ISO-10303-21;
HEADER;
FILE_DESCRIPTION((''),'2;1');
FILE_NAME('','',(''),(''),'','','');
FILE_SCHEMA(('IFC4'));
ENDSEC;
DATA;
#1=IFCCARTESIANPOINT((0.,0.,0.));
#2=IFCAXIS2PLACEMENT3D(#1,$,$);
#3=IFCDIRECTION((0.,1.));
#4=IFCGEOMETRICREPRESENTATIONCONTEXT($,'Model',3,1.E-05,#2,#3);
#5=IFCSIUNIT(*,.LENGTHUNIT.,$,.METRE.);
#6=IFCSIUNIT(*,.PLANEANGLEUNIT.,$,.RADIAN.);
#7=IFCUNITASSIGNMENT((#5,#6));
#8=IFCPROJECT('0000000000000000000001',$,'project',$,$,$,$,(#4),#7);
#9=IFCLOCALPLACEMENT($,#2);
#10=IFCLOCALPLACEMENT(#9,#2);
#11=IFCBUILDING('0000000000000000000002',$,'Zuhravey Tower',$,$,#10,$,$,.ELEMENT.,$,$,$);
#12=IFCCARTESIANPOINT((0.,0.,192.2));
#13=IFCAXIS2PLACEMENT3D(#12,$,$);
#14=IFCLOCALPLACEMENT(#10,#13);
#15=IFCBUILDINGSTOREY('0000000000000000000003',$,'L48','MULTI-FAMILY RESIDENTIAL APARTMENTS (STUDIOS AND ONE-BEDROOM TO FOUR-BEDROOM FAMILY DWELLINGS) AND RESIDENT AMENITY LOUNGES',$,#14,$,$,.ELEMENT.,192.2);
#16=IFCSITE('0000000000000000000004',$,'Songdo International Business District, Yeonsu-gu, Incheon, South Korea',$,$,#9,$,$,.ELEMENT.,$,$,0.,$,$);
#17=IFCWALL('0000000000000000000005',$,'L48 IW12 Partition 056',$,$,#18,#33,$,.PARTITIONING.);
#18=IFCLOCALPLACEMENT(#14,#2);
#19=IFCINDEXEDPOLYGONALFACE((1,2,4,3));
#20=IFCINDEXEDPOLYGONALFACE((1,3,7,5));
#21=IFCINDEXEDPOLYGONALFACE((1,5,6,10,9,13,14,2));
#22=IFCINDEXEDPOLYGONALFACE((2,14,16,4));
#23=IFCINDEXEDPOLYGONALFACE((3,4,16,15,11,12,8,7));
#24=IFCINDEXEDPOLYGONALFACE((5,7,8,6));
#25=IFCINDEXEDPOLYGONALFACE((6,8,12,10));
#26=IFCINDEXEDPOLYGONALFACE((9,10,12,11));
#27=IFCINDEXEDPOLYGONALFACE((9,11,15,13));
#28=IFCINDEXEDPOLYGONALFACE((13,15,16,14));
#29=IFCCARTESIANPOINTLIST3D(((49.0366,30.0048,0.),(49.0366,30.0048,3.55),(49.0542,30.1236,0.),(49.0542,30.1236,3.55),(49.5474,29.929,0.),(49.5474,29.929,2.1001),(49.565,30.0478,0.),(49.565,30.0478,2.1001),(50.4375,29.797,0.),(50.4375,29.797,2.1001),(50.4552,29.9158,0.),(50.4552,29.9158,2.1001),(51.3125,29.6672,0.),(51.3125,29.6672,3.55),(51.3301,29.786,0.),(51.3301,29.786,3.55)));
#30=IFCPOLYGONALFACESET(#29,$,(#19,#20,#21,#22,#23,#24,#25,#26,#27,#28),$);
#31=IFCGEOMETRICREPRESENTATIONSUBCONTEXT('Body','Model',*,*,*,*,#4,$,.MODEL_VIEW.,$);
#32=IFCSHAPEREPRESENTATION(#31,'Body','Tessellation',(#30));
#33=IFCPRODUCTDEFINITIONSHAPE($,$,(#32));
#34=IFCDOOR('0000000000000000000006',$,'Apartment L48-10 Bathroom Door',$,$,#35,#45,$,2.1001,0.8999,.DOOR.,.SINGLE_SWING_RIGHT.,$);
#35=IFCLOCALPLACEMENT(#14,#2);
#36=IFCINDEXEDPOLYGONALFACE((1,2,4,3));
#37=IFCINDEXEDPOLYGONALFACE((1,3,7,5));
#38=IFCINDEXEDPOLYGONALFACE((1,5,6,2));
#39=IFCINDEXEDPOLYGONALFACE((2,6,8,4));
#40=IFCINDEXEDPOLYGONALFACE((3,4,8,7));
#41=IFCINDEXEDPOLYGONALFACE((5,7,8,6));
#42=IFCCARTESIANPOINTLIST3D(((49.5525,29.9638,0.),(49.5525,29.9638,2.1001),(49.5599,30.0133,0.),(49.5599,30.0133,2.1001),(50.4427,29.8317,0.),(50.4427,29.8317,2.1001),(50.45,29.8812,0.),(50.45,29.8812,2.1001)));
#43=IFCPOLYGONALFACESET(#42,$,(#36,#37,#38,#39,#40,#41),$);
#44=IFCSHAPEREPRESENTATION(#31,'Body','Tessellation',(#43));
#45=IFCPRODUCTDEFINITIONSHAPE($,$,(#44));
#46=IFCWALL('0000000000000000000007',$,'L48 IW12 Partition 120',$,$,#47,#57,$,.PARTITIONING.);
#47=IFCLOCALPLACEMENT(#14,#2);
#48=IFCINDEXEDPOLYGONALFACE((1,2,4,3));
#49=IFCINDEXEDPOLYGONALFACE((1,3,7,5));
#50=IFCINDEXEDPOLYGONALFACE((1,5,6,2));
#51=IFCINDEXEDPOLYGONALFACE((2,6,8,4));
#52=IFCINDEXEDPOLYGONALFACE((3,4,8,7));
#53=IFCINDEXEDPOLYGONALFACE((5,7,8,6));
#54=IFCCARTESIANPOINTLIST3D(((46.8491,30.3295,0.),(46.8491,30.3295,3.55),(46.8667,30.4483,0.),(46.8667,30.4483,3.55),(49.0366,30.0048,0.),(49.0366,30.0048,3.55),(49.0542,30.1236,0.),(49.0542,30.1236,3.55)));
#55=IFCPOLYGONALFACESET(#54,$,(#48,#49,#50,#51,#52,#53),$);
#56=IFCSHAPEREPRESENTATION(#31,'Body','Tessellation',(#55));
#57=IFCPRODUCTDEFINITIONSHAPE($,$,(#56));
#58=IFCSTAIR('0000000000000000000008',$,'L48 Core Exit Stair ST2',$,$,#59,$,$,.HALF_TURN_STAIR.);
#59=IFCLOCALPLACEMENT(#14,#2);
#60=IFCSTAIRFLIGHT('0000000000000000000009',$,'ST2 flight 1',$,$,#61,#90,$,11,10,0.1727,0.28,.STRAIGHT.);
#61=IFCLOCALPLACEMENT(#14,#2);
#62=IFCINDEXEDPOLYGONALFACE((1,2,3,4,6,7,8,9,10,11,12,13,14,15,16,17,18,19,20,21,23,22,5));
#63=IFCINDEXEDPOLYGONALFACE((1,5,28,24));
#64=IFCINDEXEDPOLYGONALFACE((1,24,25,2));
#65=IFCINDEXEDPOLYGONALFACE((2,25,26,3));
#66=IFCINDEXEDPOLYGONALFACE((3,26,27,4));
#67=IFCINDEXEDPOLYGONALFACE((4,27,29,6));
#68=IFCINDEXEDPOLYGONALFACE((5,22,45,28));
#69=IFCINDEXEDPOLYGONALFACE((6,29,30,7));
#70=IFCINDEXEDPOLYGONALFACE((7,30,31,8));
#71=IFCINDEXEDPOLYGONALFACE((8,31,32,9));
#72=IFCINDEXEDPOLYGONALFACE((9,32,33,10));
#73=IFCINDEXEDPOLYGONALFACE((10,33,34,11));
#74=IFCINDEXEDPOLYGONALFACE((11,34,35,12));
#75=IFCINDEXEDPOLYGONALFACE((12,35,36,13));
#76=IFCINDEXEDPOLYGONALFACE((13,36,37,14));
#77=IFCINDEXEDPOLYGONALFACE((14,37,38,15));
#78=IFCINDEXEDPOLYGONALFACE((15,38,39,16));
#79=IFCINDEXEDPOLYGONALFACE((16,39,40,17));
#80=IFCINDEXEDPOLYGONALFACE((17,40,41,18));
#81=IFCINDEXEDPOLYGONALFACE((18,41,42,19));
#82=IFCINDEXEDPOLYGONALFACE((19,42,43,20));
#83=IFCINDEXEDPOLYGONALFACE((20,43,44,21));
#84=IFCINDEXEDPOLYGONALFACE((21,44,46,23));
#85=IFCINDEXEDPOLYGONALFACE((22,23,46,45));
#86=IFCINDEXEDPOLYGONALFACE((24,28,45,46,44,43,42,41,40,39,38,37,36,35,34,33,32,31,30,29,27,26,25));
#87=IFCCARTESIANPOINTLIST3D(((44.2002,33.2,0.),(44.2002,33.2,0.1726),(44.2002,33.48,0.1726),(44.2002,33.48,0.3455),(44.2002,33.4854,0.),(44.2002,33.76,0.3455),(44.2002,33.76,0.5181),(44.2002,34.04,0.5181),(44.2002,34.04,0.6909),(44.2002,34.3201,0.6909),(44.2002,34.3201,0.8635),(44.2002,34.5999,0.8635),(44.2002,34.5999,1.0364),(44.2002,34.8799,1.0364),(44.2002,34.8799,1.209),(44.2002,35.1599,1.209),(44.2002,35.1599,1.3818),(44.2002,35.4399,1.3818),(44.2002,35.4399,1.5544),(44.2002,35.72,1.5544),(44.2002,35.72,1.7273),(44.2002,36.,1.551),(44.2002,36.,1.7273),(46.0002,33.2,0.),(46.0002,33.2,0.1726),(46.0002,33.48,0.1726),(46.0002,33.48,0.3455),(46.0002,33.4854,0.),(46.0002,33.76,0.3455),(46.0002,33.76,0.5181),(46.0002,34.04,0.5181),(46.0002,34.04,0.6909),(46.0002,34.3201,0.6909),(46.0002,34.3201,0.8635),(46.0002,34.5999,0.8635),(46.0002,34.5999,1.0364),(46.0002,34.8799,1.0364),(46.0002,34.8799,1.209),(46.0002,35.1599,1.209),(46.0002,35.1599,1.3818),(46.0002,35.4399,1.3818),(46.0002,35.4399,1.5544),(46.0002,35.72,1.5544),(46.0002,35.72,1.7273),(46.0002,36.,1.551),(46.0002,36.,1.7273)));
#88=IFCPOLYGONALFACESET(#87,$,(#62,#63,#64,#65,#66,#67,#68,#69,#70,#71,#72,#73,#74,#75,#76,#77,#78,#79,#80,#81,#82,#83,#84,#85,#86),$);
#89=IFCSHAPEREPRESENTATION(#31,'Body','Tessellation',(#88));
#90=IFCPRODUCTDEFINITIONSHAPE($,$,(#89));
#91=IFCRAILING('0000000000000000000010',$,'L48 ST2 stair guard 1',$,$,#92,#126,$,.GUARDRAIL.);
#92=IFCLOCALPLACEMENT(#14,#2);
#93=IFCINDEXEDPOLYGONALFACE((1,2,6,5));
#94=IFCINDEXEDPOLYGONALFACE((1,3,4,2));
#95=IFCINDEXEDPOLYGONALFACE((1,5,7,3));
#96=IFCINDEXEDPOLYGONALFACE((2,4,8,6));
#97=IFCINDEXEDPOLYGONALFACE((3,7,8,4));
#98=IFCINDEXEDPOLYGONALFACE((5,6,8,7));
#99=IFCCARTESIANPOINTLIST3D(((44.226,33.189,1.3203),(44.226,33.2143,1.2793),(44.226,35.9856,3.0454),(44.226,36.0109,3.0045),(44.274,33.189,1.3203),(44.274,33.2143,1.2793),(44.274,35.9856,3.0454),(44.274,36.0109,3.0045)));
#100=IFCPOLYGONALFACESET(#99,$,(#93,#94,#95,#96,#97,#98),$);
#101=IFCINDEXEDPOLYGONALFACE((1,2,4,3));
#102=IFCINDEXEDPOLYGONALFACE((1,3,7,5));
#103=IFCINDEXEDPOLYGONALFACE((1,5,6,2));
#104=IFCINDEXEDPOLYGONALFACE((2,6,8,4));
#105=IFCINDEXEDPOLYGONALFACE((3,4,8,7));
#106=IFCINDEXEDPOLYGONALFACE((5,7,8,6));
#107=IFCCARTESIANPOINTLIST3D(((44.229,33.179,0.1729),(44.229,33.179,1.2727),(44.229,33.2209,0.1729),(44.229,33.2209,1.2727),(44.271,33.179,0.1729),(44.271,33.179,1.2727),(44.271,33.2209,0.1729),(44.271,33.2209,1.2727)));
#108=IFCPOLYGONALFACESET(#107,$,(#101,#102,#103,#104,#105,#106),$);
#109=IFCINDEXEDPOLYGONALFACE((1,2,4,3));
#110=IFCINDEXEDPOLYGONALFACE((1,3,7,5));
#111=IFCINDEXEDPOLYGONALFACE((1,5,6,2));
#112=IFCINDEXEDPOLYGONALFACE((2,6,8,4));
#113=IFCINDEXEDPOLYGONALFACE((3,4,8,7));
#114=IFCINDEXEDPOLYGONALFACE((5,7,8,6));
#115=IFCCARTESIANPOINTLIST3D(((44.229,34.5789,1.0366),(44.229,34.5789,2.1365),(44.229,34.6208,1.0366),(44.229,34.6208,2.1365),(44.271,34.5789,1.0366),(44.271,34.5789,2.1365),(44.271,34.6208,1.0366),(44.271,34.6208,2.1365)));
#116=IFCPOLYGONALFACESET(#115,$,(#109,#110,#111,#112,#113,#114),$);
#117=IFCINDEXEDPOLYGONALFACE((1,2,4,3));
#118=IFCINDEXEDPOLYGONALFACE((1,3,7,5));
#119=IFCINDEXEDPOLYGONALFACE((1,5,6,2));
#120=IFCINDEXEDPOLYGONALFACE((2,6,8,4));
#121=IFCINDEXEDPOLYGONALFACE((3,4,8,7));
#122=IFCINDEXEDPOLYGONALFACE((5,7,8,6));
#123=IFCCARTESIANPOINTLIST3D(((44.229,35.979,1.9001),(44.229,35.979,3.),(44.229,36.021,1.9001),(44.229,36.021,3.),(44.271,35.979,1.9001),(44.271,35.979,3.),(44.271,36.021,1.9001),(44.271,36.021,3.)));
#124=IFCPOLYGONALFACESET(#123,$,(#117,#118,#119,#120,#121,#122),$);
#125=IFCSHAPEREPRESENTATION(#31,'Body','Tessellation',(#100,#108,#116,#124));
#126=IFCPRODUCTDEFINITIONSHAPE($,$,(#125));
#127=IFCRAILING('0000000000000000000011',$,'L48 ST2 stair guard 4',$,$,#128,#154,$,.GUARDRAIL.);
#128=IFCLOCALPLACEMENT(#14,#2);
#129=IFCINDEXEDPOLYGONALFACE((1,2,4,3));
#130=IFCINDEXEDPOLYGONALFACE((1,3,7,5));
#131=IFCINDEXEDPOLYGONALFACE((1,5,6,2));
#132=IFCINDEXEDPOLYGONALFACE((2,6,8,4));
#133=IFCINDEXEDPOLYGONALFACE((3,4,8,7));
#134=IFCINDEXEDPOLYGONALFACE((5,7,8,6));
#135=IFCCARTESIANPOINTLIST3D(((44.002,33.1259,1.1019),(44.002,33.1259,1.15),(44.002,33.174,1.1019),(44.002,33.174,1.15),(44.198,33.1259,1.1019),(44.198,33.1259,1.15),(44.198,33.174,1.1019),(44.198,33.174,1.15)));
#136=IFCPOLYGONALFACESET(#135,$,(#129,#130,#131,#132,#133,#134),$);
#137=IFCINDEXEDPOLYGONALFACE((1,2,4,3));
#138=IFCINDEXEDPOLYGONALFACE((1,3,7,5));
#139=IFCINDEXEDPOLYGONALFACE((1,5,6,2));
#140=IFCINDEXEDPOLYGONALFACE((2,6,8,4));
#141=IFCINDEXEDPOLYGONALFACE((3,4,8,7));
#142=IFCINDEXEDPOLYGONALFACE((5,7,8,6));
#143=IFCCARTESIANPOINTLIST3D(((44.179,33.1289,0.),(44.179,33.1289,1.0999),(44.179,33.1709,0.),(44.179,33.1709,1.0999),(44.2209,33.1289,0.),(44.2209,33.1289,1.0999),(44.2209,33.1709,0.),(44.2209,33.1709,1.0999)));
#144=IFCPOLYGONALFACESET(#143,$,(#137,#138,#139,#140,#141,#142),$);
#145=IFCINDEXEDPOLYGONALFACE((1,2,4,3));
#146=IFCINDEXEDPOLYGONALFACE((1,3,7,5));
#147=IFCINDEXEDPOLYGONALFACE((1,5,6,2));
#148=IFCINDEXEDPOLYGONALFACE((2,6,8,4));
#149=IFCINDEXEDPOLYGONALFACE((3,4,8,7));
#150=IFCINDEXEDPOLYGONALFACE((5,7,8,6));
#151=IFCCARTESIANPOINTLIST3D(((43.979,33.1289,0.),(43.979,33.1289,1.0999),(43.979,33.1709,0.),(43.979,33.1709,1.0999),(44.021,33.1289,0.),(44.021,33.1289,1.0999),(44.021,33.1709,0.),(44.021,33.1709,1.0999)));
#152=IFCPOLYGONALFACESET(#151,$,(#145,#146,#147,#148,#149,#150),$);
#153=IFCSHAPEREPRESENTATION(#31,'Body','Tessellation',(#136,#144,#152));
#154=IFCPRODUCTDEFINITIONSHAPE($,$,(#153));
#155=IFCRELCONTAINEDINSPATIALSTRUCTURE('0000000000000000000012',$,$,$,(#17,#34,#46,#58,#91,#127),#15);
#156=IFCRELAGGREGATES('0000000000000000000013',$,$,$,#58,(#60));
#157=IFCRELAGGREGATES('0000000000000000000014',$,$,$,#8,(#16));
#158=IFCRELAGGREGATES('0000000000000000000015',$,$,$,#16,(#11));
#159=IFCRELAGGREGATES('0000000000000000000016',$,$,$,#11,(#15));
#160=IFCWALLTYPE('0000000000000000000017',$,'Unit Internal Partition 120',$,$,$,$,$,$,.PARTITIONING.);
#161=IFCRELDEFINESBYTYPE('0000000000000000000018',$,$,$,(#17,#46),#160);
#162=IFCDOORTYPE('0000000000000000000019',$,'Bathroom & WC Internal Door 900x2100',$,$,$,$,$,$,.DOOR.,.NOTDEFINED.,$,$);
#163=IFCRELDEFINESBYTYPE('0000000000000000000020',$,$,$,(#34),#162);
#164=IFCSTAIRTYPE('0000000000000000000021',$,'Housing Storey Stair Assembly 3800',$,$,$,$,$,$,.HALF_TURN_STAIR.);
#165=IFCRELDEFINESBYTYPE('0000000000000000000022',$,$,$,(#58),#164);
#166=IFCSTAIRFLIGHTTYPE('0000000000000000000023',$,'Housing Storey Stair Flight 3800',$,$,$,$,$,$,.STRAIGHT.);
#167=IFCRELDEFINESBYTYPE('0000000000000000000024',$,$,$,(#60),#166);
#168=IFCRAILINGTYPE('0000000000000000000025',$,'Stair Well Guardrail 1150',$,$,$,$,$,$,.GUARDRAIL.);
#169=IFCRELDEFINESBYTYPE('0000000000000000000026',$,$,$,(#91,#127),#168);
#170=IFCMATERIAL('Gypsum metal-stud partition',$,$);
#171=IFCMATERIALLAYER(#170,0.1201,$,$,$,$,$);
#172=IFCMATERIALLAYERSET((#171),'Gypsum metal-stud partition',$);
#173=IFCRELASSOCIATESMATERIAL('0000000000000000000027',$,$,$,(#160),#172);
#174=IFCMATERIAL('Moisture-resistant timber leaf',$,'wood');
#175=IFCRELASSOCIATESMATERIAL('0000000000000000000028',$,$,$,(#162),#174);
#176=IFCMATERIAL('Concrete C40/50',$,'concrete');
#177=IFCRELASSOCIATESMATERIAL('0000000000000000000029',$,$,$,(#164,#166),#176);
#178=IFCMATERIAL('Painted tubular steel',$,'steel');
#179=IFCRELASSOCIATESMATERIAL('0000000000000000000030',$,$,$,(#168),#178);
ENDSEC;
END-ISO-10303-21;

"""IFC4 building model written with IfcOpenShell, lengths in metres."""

from ifc_helpers import new_model, si_unit, direction, frame, frame_2d, origin, origin_2d, place, context, subcontext, project, spatial, polyline, rectangle, outline, extrude, material, layer, layer_set, type_object, element, fill, aggregate, save


model = new_model("IFC4")

# Units and contexts
model_context = context("Model", 3, precision=1e-05, world=origin(), true_north=direction((0.0, 1.0)))
body_context = subcontext(model_context, "Body", "Model", "MODEL_VIEW")
ifc_project = project(units=[si_unit("LENGTHUNIT", "METRE"), si_unit("PLANEANGLEUNIT", "RADIAN")], contexts=[model_context])

# Site, building, storey
site_placement = place(None, origin())
site = spatial("IfcSite", under=ifc_project, at=site_placement, Name="Songdo International Business District, Yeonsu-gu, Incheon, South Korea", CompositionType="ELEMENT", RefElevation=0.0)
building_placement = place(site_placement, origin())
building = spatial("IfcBuilding", under=site, at=building_placement, Name="Zuhravey Tower", CompositionType="ELEMENT")
storey_placement = place(building_placement, frame((0.0, 0.0, 192.2)))
storey = spatial("IfcBuildingStorey", under=building, at=storey_placement, Name="L48", Description="MULTI-FAMILY RESIDENTIAL APARTMENTS (STUDIOS AND ONE-BEDROOM TO FOUR-BEDROOM FAMILY DWELLINGS) AND RESIDENT AMENITY LOUNGES", CompositionType="ELEMENT", Elevation=192.2)

# Wall, opening, door
ifc_material_1 = material(Name="Gypsum metal-stud partition")
ifc_layer_1 = layer(ifc_material_1, 0.1201)
ifc_layer_set_1 = layer_set([ifc_layer_1], Name="Gypsum metal-stud partition")
wall_type_1 = type_object("IfcWallType", Name="Unit Internal Partition 120", PredefinedType="PARTITIONING", material=ifc_layer_set_1)
wall_1_placement = place(storey_placement, frame((49.0454, 30.0642, 0.0), z_axis=(0.0, 0.0, 1.0), x_axis=(0.989173, -0.146752, 0.0)))
wall_1 = element("IfcWall", 1, at=wall_1_placement, inside=storey, type_object=wall_type_1, Name="L48 IW12 Partition 056", PredefinedType="PARTITIONING", context=body_context, shape_type="SweptSolid", body=[
    extrude(rectangle(XDim=2.3008, YDim=0.1201, at=frame_2d((1.1504, 0.0))), origin(), (0.0, 0.0, 1.0), 3.55),
])
opening_1_placement = place(wall_1_placement, frame((0.5164, 0.0, 0.0)))
opening_1 = element("IfcOpeningElement", 2, at=opening_1_placement, cuts=wall_1, PredefinedType="OPENING", context=body_context, shape_type="SweptSolid", body=[
    extrude(rectangle(XDim=0.8999, YDim=2.1001, at=frame_2d((0.45, 1.05))), frame((0.0, 0.072, 0.0), z_axis=(0.0, -1.0, 0.0), x_axis=(1.0, 0.0, 0.0)), (0.0, 0.0, 1.0), 0.144),
])
ifc_material_2 = material(Name="Moisture-resistant timber leaf", Category="wood")
door_type_1 = type_object("IfcDoorType", Name="Bathroom & WC Internal Door 900x2100", OperationType="NOTDEFINED", PredefinedType="DOOR", material=ifc_material_2)
door_1_placement = place(opening_1_placement, frame((0.8999, 0.0, 0.0), z_axis=(0.0, 0.0, 1.0), x_axis=(-1.0, 0.0, 0.0)))
door_1 = element("IfcDoor", 3, at=door_1_placement, inside=storey, type_object=door_type_1, Name="Apartment L48-10 Bathroom Door", OperationType="SINGLE_SWING_RIGHT", OverallHeight=2.1001, OverallWidth=0.8999, PredefinedType="DOOR", context=body_context, shape_type="SweptSolid", body=[
    extrude(rectangle(XDim=0.8999, YDim=2.1001, at=frame_2d((0.45, 1.05))), frame((0.0, 0.0249, 0.0), z_axis=(0.0, -1.0, 0.0), x_axis=(1.0, 0.0, 0.0)), (0.0, 0.0, 1.0), 0.05),
])
fill(opening_1, door_1)

# Wall
wall_2_placement = place(storey_placement, frame((46.8579, 30.3889, 0.0), z_axis=(0.0, 0.0, 1.0), x_axis=(0.989162, -0.146829, 0.0)))
element("IfcWall", 4, at=wall_2_placement, inside=storey, type_object=wall_type_1, Name="L48 IW12 Partition 120", PredefinedType="PARTITIONING", context=body_context, shape_type="SweptSolid", body=[
    extrude(rectangle(XDim=2.2114, YDim=0.1201, at=frame_2d((1.1057, 0.0))), origin(), (0.0, 0.0, 1.0), 3.55),
])

# Stair, stair flight
ifc_material_3 = material(Name="Concrete C40/50", Category="concrete")
stair_type = type_object("IfcStairType", Name="Housing Storey Stair Assembly 3800", PredefinedType="HALF_TURN_STAIR", material=ifc_material_3)
stair_placement = place(storey_placement, origin())
stair = element("IfcStair", 5, at=stair_placement, inside=storey, type_object=stair_type, Name="L48 Core Exit Stair ST2", PredefinedType="HALF_TURN_STAIR")
stair_flight_type = type_object("IfcStairFlightType", Name="Housing Storey Stair Flight 3800", PredefinedType="STRAIGHT", material=ifc_material_3)
stair_flight_placement = place(storey_placement, frame((45.1001, 33.2, 0.0), z_axis=(0.0, 0.0, 1.0), x_axis=(0.0, 1.0, 0.0)))
stair_flight = element("IfcStairFlight", 6, at=stair_flight_placement, type_object=stair_flight_type, Name="ST2 flight 1", NumberOfRisers=11, NumberOfTreads=10, PredefinedType="STRAIGHT", RiserHeight=0.1727, TreadLength=0.28, context=body_context, shape_type="SweptSolid", body=[
    extrude(outline(polyline([(0.0, 0.0), (0.0, 0.1726), (0.28, 0.1726), (0.28, 0.3455), (0.5601, 0.3455), (0.5601, 0.5181), (0.8401, 0.5181), (0.8401, 0.6909), (1.1201, 0.6909), (1.1201, 0.8635), (1.3999, 0.8635), (1.3999, 1.0364), (1.6799, 1.0364), (1.6799, 1.209), (1.96, 1.209), (1.96, 1.3818), (2.24, 1.3818), (2.24, 1.5544), (2.52, 1.5544), (2.52, 1.7273), (2.8, 1.7273), (2.8, 1.8999), (2.8, 1.551), (0.2854, 0.0), (0.0, 0.0)])), frame((0.0, 0.8999, 0.0), z_axis=(0.0, -1.0, 0.0), x_axis=(1.0, 0.0, 0.0)), (0.0, 0.0, 1.0), 1.8),
])
aggregate(stair, [stair_flight])

# Railings
ifc_material_4 = material(Name="Painted tubular steel", Category="steel")
railing_type = type_object("IfcRailingType", Name="Stair Well Guardrail 1150", PredefinedType="GUARDRAIL", material=ifc_material_4)
railing_1_placement = place(storey_placement, frame((44.25, 33.2, 0.1729)))
element("IfcRailing", 7, at=railing_1_placement, inside=storey, type_object=railing_type, Name="L48 ST2 stair guard 1", PredefinedType="GUARDRAIL", context=body_context, shape_type="SweptSolid", body=[
    extrude(rectangle(XDim=0.0481, YDim=0.0481, at=origin_2d()), frame((0.0, 0.0017, 1.127), z_axis=(0.0, 0.85109, 0.52502), x_axis=(-1.0, 0.0, 0.0)), (0.0, 0.0, 1.0), 3.2859),
    extrude(rectangle(XDim=0.042, YDim=0.042, at=origin_2d()), origin(), (0.0, 0.0, 1.0), 1.0999),
    extrude(rectangle(XDim=0.042, YDim=0.042, at=origin_2d()), frame((0.0, 1.3999, 0.8638)), (0.0, 0.0, 1.0), 1.0999),
    extrude(rectangle(XDim=0.042, YDim=0.042, at=origin_2d()), frame((0.0, 2.8, 1.7273)), (0.0, 0.0, 1.0), 1.0999),
])
railing_2_placement = place(storey_placement, frame((44.2, 33.1499, 0.0)))
element("IfcRailing", 8, at=railing_2_placement, inside=storey, type_object=railing_type, Name="L48 ST2 stair guard 4", PredefinedType="GUARDRAIL", context=body_context, shape_type="SweptSolid", body=[
    extrude(rectangle(XDim=0.0481, YDim=0.0481, at=origin_2d()), frame((-0.002, 0.0, 1.126), z_axis=(-1.0, 0.0, 0.0), x_axis=(0.0, -1.0, 0.0)), (0.0, 0.0, 1.0), 0.196),
    extrude(rectangle(XDim=0.042, YDim=0.042, at=origin_2d()), origin(), (0.0, 0.0, 1.0), 1.0999),
    extrude(rectangle(XDim=0.042, YDim=0.042, at=origin_2d()), frame((-0.2, 0.0, 0.0)), (0.0, 0.0, 1.0), 1.0999),
])

save(model, "model.ifc")
